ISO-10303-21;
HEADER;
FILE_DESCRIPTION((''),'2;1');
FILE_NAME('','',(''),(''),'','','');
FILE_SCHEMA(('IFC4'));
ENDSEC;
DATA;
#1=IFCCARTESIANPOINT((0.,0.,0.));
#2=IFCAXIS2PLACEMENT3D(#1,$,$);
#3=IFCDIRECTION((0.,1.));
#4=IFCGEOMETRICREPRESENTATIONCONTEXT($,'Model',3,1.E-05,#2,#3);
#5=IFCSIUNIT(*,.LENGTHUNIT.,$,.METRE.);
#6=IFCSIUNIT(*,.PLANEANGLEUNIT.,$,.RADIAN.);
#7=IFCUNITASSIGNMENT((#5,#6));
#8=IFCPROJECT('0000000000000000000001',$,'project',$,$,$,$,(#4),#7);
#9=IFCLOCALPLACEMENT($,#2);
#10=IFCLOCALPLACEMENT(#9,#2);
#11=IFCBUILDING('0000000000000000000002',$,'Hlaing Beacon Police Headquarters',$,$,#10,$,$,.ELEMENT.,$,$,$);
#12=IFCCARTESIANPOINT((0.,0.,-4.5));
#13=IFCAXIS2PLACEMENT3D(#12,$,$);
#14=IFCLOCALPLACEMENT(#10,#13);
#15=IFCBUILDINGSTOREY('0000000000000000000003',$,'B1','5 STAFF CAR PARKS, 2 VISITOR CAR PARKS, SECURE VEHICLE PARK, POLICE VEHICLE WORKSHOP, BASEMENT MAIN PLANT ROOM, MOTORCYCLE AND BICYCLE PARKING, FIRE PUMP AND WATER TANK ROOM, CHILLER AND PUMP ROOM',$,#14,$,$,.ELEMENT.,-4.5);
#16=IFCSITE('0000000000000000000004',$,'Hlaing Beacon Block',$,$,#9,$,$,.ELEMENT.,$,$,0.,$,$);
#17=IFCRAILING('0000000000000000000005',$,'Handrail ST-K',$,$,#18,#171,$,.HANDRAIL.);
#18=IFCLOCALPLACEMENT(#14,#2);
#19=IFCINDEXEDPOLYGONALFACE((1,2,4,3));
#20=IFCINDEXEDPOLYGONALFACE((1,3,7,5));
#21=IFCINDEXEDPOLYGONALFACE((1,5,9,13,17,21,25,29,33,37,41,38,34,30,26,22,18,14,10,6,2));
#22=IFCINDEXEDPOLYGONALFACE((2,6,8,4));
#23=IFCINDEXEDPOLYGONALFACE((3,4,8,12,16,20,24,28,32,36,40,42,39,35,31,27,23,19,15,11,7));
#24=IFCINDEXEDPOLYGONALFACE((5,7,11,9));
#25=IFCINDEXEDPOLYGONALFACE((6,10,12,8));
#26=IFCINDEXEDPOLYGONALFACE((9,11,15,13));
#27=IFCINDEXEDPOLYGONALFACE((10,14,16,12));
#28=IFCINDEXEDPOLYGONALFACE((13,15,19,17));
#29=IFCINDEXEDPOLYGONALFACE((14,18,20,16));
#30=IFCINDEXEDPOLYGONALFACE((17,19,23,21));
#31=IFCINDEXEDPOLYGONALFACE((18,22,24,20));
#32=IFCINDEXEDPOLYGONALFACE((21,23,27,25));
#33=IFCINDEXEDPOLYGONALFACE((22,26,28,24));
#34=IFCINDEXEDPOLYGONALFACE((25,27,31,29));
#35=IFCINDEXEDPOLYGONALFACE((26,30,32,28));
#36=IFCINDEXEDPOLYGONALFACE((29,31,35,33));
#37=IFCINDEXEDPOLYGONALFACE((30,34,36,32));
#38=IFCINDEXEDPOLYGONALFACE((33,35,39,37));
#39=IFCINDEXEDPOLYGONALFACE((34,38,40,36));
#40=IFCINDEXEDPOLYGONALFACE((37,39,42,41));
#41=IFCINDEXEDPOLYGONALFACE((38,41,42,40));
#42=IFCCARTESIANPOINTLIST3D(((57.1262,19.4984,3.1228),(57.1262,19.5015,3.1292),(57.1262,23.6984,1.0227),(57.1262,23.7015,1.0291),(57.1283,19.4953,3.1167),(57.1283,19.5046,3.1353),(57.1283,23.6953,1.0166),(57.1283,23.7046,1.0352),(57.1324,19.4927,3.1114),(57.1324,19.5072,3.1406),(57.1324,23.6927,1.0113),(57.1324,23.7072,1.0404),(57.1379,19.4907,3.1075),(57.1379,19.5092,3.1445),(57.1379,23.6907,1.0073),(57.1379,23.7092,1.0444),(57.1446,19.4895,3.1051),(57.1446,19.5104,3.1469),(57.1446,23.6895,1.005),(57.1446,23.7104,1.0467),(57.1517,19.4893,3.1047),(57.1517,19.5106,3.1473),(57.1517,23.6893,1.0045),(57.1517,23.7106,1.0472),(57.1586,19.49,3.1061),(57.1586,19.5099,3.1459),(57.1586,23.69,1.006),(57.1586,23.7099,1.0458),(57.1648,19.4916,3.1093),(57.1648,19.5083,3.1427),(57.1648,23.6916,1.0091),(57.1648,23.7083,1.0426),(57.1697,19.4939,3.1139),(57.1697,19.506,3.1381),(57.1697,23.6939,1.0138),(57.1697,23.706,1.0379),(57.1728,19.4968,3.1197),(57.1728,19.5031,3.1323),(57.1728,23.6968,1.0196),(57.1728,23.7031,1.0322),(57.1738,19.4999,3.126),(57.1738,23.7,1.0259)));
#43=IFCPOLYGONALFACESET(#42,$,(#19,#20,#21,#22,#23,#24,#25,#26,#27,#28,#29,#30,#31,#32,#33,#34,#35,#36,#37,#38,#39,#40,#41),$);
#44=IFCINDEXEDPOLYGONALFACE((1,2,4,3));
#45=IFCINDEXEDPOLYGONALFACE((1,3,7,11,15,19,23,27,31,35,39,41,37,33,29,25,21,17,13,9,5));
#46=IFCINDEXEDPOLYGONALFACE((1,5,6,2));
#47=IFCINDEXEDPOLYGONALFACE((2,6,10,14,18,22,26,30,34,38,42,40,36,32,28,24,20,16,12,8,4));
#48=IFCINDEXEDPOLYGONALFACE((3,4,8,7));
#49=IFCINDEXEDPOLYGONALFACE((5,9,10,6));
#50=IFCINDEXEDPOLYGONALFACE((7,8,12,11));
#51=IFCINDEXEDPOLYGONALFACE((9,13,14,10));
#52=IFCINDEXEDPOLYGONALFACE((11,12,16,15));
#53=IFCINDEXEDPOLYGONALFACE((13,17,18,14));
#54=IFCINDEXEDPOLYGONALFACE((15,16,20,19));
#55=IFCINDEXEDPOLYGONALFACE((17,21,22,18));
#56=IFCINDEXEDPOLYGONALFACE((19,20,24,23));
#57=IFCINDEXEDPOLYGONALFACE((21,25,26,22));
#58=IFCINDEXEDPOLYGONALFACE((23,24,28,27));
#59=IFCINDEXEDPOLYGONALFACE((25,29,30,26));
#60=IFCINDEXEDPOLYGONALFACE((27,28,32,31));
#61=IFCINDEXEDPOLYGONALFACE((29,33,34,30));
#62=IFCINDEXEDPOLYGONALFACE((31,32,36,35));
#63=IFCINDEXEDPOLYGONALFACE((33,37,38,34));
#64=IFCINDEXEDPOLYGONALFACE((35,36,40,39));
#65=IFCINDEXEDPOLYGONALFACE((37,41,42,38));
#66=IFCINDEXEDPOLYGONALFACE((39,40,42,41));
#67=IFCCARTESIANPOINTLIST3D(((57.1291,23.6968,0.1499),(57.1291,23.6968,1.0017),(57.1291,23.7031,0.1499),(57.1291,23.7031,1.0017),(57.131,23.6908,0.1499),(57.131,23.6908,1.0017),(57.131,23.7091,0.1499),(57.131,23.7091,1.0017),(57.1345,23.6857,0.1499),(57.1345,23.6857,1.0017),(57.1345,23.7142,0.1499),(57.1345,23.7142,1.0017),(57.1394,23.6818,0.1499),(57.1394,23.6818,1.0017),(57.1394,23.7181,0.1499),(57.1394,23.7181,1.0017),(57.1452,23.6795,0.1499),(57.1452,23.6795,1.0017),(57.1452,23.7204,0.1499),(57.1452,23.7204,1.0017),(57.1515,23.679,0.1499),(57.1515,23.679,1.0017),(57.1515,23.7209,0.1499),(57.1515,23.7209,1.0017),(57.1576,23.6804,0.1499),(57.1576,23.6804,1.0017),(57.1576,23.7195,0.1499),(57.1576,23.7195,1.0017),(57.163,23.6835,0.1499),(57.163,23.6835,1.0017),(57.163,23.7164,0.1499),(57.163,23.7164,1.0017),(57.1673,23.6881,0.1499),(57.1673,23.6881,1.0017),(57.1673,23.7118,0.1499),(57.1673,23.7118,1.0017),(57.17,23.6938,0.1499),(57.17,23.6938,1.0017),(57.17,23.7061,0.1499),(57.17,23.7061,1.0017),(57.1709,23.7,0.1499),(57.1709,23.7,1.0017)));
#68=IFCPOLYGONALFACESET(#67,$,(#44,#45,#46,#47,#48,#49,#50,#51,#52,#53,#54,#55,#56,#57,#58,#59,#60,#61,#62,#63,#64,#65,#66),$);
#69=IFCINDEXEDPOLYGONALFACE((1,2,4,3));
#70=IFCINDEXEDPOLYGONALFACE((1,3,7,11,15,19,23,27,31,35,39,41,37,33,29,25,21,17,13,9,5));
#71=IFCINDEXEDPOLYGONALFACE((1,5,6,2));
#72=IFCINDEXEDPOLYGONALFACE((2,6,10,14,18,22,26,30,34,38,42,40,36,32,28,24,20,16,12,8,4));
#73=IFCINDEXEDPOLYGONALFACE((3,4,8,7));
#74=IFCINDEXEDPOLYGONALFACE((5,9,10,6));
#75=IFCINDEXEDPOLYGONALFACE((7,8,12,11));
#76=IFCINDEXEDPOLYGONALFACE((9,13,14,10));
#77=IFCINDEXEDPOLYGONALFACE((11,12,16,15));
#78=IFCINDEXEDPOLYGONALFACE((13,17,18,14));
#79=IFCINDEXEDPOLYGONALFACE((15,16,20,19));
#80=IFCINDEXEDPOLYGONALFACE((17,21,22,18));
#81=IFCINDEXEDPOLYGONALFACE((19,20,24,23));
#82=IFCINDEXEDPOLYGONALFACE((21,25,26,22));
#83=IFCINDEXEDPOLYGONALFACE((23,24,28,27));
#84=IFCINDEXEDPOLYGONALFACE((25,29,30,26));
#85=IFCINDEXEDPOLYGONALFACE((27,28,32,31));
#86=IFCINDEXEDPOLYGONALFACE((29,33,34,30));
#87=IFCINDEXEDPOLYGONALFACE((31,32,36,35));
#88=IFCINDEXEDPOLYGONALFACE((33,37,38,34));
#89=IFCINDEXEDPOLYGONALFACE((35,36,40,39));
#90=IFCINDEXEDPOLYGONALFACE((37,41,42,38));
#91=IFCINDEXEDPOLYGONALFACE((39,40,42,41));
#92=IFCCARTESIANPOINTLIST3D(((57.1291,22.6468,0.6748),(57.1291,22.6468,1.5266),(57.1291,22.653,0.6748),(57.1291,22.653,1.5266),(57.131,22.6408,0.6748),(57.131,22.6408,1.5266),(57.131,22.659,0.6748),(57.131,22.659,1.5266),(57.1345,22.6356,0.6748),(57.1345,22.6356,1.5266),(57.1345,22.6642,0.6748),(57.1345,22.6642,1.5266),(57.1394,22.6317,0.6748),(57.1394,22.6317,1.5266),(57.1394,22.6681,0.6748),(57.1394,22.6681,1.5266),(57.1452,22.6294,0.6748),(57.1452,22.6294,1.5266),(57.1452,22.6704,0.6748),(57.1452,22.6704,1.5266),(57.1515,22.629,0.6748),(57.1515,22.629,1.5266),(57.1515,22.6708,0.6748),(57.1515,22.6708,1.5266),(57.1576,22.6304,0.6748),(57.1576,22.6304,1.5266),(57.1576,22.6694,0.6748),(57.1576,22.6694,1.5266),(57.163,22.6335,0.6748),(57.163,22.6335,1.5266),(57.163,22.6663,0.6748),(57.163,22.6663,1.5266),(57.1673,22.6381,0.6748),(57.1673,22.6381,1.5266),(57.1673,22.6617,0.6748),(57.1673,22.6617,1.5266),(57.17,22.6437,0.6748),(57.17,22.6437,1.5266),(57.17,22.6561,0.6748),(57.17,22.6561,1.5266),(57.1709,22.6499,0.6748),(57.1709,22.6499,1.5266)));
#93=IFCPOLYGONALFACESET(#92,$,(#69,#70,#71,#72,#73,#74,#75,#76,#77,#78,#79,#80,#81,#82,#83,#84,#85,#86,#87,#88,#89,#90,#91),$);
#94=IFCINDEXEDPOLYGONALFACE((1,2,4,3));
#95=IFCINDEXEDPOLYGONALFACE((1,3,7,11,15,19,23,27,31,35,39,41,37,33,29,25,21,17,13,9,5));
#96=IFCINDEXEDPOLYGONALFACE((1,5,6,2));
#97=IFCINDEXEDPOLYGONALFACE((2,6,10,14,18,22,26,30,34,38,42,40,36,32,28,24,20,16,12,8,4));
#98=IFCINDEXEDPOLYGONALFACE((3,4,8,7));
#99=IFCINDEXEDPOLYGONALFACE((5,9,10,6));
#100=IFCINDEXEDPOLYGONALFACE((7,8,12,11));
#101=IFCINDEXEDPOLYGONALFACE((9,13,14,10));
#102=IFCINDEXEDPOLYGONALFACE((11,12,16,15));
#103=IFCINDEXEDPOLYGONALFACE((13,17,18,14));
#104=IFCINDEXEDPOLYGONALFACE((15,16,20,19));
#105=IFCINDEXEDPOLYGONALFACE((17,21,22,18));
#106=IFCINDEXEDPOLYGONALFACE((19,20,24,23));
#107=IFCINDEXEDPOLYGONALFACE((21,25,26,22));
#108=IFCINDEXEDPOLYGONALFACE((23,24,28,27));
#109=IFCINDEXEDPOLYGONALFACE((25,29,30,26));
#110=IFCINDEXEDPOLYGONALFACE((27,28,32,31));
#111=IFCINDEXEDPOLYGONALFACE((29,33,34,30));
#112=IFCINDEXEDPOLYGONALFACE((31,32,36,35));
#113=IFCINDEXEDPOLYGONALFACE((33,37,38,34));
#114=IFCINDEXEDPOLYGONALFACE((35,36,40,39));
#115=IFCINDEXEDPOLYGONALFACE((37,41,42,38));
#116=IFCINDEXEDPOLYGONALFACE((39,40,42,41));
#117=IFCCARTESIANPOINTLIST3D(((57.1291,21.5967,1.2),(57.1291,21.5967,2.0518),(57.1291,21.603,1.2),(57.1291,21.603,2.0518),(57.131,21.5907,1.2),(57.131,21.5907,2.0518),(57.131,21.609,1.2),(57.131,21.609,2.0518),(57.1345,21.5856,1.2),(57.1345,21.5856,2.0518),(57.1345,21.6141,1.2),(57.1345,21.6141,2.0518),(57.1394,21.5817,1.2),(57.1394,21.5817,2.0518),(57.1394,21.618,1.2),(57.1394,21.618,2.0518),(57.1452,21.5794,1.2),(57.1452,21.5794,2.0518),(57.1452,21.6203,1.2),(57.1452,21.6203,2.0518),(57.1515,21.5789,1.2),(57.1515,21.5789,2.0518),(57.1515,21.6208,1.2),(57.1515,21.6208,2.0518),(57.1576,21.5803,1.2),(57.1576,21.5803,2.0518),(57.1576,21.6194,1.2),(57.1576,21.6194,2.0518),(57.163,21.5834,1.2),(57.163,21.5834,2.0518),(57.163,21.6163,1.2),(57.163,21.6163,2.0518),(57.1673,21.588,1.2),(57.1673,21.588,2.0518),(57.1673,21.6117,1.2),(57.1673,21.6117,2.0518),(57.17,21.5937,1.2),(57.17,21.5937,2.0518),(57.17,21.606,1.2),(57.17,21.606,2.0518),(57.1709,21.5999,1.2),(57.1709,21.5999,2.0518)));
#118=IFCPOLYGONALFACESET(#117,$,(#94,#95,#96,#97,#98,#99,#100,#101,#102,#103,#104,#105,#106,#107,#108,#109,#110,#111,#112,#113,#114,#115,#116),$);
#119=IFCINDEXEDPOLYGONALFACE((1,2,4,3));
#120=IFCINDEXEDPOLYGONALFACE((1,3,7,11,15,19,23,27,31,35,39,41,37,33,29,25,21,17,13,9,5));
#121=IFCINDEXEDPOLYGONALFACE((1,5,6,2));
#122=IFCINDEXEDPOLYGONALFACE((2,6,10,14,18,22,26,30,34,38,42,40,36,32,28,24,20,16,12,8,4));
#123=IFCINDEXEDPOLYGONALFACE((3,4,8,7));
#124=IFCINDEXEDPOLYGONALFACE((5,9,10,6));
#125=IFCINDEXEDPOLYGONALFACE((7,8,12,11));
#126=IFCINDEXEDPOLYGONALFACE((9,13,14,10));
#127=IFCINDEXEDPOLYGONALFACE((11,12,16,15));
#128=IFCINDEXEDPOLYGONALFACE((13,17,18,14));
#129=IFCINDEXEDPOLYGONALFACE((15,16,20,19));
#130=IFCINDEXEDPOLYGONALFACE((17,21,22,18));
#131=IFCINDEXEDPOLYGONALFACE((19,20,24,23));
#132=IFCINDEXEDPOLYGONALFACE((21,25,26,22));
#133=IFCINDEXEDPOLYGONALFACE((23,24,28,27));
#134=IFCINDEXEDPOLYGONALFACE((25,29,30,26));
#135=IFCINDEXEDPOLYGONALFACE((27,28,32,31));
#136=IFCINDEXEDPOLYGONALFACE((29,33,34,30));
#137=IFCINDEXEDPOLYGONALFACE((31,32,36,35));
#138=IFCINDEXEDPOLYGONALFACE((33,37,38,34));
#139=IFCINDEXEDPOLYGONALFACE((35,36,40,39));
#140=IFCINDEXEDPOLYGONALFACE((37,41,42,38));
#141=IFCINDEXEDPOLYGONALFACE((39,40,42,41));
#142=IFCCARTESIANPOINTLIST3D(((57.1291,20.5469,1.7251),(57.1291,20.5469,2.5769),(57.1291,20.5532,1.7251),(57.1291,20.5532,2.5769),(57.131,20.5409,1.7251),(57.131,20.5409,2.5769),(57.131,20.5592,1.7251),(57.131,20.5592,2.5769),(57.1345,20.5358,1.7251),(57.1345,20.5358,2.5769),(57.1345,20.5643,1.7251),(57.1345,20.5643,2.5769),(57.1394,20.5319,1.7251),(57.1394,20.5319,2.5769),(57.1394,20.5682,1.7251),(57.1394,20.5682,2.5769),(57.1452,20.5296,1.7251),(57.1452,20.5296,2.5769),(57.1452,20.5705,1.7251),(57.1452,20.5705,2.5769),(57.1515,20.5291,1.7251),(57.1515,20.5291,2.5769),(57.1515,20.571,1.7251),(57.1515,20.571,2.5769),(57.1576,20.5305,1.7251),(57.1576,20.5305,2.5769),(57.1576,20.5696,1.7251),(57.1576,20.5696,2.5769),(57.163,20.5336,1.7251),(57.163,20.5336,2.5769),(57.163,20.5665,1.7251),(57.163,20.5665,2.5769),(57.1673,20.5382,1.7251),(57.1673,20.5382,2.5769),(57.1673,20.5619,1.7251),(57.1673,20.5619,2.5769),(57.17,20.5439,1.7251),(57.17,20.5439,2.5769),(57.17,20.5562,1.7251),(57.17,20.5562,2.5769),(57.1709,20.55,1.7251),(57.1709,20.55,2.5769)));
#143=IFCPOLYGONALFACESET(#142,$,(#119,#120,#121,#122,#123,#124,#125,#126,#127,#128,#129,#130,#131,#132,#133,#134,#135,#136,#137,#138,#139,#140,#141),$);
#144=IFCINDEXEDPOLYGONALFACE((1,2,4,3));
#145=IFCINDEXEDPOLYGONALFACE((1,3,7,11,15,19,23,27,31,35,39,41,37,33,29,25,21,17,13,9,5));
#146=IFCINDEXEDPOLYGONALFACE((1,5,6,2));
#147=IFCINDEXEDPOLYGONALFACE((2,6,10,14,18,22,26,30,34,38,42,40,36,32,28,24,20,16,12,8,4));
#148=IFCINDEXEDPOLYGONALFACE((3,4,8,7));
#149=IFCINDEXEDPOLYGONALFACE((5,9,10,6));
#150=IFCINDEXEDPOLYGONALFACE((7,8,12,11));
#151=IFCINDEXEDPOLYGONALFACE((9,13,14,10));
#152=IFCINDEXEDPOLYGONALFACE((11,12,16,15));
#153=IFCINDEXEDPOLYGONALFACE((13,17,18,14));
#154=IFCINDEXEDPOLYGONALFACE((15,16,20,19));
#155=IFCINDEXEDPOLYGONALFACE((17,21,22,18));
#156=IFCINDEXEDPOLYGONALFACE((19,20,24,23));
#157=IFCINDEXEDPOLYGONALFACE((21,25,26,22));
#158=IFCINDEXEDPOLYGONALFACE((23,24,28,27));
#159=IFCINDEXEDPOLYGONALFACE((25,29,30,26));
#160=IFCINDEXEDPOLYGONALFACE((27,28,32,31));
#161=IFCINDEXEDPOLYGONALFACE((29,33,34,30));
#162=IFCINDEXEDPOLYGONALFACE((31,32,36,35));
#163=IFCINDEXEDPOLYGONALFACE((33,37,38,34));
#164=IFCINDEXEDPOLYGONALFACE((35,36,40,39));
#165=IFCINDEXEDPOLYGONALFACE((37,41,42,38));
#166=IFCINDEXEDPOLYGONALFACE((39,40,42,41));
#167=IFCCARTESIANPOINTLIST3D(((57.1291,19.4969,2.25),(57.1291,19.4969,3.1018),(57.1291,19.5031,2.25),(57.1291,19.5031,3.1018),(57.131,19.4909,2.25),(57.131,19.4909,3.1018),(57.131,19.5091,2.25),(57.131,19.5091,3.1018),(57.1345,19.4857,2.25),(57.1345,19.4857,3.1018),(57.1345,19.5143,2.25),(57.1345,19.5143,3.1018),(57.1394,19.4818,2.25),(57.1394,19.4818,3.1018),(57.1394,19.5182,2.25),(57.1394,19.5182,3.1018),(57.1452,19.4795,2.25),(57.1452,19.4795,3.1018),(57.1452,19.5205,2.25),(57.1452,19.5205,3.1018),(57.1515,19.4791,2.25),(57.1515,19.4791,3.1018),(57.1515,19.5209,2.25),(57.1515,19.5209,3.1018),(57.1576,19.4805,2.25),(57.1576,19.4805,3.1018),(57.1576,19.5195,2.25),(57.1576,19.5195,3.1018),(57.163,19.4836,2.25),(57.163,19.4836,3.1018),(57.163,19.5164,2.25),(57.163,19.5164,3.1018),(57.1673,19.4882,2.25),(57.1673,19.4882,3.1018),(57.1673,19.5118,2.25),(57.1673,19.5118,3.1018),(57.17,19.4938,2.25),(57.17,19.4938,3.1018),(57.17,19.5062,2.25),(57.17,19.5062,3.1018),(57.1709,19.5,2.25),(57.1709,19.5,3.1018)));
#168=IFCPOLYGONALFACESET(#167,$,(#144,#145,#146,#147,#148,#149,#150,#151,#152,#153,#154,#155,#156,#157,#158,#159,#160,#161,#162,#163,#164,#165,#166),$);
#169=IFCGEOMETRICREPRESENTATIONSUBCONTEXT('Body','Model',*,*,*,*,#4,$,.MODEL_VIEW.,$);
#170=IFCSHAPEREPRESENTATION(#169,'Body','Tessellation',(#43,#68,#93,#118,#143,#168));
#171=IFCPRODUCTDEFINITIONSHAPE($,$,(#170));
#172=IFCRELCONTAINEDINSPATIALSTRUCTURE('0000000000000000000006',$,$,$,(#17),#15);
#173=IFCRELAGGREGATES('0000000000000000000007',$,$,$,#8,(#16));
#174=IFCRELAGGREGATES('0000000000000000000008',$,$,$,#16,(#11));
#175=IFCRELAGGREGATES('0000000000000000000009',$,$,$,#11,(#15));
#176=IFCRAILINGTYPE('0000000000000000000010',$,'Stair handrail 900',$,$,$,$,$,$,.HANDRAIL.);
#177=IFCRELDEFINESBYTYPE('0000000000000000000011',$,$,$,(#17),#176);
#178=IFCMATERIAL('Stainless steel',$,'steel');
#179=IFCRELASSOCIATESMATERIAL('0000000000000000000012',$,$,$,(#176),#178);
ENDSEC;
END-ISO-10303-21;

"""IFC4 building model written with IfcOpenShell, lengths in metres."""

from ifc_helpers import new_model, si_unit, direction, frame, origin, origin_2d, place, context, subcontext, project, spatial, circle, extrude, material, type_object, element, save


model = new_model("IFC4")

# Units and contexts
model_context = context("Model", 3, precision=1e-05, world=origin(), true_north=direction((0.0, 1.0)))
body_context = subcontext(model_context, "Body", "Model", "MODEL_VIEW")
ifc_project = project(units=[si_unit("LENGTHUNIT", "METRE"), si_unit("PLANEANGLEUNIT", "RADIAN")], contexts=[model_context])

# Site, building, storey
site_placement = place(None, origin())
site = spatial("IfcSite", under=ifc_project, at=site_placement, Name="Hlaing Beacon Block", CompositionType="ELEMENT", RefElevation=0.0)
building_placement = place(site_placement, origin())
building = spatial("IfcBuilding", under=site, at=building_placement, Name="Hlaing Beacon Police Headquarters", CompositionType="ELEMENT")
storey_placement = place(building_placement, frame((0.0, 0.0, -4.5)))
storey = spatial("IfcBuildingStorey", under=building, at=storey_placement, Name="B1", Description="5 STAFF CAR PARKS, 2 VISITOR CAR PARKS, SECURE VEHICLE PARK, POLICE VEHICLE WORKSHOP, BASEMENT MAIN PLANT ROOM, MOTORCYCLE AND BICYCLE PARKING, FIRE PUMP AND WATER TANK ROOM, CHILLER AND PUMP ROOM", CompositionType="ELEMENT", Elevation=-4.5)

# Railing
ifc_material_1 = material(Name="Stainless steel", Category="steel")
railing_type = type_object("IfcRailingType", Name="Stair handrail 900", PredefinedType="HANDRAIL", material=ifc_material_1)
for number, where, name in (
    (1, (57.1499, 23.7, 0.1499), "Handrail ST-K"),
):
    element("IfcRailing", number, at=place(storey_placement, frame(where)), inside=storey, type_object=railing_type, Name=name, PredefinedType="HANDRAIL", context=body_context, shape_type="SweptSolid", body=[
        extrude(circle(Radius=0.0239, at=origin_2d()), frame((0.0, 0.0, 0.876), z_axis=(0.0, -0.894417, 0.447234), x_axis=(1.0, 0.0, 0.0)), (0.0, 0.0, 1.0), 4.6958),
        extrude(circle(Radius=0.021, at=origin_2d()), origin(), (0.0, 0.0, 1.0), 0.8518),
        extrude(circle(Radius=0.021, at=origin_2d()), frame((0.0, -1.05, 0.5249)), (0.0, 0.0, 1.0), 0.8518),
        extrude(circle(Radius=0.021, at=origin_2d()), frame((0.0, -2.1001, 1.05)), (0.0, 0.0, 1.0), 0.8518),
        extrude(circle(Radius=0.021, at=origin_2d()), frame((0.0, -3.1499, 1.5752)), (0.0, 0.0, 1.0), 0.8518),
        extrude(circle(Radius=0.021, at=origin_2d()), frame((0.0, -4.2, 2.1001)), (0.0, 0.0, 1.0), 0.8518),
    ])

save(model, "model.ifc")
